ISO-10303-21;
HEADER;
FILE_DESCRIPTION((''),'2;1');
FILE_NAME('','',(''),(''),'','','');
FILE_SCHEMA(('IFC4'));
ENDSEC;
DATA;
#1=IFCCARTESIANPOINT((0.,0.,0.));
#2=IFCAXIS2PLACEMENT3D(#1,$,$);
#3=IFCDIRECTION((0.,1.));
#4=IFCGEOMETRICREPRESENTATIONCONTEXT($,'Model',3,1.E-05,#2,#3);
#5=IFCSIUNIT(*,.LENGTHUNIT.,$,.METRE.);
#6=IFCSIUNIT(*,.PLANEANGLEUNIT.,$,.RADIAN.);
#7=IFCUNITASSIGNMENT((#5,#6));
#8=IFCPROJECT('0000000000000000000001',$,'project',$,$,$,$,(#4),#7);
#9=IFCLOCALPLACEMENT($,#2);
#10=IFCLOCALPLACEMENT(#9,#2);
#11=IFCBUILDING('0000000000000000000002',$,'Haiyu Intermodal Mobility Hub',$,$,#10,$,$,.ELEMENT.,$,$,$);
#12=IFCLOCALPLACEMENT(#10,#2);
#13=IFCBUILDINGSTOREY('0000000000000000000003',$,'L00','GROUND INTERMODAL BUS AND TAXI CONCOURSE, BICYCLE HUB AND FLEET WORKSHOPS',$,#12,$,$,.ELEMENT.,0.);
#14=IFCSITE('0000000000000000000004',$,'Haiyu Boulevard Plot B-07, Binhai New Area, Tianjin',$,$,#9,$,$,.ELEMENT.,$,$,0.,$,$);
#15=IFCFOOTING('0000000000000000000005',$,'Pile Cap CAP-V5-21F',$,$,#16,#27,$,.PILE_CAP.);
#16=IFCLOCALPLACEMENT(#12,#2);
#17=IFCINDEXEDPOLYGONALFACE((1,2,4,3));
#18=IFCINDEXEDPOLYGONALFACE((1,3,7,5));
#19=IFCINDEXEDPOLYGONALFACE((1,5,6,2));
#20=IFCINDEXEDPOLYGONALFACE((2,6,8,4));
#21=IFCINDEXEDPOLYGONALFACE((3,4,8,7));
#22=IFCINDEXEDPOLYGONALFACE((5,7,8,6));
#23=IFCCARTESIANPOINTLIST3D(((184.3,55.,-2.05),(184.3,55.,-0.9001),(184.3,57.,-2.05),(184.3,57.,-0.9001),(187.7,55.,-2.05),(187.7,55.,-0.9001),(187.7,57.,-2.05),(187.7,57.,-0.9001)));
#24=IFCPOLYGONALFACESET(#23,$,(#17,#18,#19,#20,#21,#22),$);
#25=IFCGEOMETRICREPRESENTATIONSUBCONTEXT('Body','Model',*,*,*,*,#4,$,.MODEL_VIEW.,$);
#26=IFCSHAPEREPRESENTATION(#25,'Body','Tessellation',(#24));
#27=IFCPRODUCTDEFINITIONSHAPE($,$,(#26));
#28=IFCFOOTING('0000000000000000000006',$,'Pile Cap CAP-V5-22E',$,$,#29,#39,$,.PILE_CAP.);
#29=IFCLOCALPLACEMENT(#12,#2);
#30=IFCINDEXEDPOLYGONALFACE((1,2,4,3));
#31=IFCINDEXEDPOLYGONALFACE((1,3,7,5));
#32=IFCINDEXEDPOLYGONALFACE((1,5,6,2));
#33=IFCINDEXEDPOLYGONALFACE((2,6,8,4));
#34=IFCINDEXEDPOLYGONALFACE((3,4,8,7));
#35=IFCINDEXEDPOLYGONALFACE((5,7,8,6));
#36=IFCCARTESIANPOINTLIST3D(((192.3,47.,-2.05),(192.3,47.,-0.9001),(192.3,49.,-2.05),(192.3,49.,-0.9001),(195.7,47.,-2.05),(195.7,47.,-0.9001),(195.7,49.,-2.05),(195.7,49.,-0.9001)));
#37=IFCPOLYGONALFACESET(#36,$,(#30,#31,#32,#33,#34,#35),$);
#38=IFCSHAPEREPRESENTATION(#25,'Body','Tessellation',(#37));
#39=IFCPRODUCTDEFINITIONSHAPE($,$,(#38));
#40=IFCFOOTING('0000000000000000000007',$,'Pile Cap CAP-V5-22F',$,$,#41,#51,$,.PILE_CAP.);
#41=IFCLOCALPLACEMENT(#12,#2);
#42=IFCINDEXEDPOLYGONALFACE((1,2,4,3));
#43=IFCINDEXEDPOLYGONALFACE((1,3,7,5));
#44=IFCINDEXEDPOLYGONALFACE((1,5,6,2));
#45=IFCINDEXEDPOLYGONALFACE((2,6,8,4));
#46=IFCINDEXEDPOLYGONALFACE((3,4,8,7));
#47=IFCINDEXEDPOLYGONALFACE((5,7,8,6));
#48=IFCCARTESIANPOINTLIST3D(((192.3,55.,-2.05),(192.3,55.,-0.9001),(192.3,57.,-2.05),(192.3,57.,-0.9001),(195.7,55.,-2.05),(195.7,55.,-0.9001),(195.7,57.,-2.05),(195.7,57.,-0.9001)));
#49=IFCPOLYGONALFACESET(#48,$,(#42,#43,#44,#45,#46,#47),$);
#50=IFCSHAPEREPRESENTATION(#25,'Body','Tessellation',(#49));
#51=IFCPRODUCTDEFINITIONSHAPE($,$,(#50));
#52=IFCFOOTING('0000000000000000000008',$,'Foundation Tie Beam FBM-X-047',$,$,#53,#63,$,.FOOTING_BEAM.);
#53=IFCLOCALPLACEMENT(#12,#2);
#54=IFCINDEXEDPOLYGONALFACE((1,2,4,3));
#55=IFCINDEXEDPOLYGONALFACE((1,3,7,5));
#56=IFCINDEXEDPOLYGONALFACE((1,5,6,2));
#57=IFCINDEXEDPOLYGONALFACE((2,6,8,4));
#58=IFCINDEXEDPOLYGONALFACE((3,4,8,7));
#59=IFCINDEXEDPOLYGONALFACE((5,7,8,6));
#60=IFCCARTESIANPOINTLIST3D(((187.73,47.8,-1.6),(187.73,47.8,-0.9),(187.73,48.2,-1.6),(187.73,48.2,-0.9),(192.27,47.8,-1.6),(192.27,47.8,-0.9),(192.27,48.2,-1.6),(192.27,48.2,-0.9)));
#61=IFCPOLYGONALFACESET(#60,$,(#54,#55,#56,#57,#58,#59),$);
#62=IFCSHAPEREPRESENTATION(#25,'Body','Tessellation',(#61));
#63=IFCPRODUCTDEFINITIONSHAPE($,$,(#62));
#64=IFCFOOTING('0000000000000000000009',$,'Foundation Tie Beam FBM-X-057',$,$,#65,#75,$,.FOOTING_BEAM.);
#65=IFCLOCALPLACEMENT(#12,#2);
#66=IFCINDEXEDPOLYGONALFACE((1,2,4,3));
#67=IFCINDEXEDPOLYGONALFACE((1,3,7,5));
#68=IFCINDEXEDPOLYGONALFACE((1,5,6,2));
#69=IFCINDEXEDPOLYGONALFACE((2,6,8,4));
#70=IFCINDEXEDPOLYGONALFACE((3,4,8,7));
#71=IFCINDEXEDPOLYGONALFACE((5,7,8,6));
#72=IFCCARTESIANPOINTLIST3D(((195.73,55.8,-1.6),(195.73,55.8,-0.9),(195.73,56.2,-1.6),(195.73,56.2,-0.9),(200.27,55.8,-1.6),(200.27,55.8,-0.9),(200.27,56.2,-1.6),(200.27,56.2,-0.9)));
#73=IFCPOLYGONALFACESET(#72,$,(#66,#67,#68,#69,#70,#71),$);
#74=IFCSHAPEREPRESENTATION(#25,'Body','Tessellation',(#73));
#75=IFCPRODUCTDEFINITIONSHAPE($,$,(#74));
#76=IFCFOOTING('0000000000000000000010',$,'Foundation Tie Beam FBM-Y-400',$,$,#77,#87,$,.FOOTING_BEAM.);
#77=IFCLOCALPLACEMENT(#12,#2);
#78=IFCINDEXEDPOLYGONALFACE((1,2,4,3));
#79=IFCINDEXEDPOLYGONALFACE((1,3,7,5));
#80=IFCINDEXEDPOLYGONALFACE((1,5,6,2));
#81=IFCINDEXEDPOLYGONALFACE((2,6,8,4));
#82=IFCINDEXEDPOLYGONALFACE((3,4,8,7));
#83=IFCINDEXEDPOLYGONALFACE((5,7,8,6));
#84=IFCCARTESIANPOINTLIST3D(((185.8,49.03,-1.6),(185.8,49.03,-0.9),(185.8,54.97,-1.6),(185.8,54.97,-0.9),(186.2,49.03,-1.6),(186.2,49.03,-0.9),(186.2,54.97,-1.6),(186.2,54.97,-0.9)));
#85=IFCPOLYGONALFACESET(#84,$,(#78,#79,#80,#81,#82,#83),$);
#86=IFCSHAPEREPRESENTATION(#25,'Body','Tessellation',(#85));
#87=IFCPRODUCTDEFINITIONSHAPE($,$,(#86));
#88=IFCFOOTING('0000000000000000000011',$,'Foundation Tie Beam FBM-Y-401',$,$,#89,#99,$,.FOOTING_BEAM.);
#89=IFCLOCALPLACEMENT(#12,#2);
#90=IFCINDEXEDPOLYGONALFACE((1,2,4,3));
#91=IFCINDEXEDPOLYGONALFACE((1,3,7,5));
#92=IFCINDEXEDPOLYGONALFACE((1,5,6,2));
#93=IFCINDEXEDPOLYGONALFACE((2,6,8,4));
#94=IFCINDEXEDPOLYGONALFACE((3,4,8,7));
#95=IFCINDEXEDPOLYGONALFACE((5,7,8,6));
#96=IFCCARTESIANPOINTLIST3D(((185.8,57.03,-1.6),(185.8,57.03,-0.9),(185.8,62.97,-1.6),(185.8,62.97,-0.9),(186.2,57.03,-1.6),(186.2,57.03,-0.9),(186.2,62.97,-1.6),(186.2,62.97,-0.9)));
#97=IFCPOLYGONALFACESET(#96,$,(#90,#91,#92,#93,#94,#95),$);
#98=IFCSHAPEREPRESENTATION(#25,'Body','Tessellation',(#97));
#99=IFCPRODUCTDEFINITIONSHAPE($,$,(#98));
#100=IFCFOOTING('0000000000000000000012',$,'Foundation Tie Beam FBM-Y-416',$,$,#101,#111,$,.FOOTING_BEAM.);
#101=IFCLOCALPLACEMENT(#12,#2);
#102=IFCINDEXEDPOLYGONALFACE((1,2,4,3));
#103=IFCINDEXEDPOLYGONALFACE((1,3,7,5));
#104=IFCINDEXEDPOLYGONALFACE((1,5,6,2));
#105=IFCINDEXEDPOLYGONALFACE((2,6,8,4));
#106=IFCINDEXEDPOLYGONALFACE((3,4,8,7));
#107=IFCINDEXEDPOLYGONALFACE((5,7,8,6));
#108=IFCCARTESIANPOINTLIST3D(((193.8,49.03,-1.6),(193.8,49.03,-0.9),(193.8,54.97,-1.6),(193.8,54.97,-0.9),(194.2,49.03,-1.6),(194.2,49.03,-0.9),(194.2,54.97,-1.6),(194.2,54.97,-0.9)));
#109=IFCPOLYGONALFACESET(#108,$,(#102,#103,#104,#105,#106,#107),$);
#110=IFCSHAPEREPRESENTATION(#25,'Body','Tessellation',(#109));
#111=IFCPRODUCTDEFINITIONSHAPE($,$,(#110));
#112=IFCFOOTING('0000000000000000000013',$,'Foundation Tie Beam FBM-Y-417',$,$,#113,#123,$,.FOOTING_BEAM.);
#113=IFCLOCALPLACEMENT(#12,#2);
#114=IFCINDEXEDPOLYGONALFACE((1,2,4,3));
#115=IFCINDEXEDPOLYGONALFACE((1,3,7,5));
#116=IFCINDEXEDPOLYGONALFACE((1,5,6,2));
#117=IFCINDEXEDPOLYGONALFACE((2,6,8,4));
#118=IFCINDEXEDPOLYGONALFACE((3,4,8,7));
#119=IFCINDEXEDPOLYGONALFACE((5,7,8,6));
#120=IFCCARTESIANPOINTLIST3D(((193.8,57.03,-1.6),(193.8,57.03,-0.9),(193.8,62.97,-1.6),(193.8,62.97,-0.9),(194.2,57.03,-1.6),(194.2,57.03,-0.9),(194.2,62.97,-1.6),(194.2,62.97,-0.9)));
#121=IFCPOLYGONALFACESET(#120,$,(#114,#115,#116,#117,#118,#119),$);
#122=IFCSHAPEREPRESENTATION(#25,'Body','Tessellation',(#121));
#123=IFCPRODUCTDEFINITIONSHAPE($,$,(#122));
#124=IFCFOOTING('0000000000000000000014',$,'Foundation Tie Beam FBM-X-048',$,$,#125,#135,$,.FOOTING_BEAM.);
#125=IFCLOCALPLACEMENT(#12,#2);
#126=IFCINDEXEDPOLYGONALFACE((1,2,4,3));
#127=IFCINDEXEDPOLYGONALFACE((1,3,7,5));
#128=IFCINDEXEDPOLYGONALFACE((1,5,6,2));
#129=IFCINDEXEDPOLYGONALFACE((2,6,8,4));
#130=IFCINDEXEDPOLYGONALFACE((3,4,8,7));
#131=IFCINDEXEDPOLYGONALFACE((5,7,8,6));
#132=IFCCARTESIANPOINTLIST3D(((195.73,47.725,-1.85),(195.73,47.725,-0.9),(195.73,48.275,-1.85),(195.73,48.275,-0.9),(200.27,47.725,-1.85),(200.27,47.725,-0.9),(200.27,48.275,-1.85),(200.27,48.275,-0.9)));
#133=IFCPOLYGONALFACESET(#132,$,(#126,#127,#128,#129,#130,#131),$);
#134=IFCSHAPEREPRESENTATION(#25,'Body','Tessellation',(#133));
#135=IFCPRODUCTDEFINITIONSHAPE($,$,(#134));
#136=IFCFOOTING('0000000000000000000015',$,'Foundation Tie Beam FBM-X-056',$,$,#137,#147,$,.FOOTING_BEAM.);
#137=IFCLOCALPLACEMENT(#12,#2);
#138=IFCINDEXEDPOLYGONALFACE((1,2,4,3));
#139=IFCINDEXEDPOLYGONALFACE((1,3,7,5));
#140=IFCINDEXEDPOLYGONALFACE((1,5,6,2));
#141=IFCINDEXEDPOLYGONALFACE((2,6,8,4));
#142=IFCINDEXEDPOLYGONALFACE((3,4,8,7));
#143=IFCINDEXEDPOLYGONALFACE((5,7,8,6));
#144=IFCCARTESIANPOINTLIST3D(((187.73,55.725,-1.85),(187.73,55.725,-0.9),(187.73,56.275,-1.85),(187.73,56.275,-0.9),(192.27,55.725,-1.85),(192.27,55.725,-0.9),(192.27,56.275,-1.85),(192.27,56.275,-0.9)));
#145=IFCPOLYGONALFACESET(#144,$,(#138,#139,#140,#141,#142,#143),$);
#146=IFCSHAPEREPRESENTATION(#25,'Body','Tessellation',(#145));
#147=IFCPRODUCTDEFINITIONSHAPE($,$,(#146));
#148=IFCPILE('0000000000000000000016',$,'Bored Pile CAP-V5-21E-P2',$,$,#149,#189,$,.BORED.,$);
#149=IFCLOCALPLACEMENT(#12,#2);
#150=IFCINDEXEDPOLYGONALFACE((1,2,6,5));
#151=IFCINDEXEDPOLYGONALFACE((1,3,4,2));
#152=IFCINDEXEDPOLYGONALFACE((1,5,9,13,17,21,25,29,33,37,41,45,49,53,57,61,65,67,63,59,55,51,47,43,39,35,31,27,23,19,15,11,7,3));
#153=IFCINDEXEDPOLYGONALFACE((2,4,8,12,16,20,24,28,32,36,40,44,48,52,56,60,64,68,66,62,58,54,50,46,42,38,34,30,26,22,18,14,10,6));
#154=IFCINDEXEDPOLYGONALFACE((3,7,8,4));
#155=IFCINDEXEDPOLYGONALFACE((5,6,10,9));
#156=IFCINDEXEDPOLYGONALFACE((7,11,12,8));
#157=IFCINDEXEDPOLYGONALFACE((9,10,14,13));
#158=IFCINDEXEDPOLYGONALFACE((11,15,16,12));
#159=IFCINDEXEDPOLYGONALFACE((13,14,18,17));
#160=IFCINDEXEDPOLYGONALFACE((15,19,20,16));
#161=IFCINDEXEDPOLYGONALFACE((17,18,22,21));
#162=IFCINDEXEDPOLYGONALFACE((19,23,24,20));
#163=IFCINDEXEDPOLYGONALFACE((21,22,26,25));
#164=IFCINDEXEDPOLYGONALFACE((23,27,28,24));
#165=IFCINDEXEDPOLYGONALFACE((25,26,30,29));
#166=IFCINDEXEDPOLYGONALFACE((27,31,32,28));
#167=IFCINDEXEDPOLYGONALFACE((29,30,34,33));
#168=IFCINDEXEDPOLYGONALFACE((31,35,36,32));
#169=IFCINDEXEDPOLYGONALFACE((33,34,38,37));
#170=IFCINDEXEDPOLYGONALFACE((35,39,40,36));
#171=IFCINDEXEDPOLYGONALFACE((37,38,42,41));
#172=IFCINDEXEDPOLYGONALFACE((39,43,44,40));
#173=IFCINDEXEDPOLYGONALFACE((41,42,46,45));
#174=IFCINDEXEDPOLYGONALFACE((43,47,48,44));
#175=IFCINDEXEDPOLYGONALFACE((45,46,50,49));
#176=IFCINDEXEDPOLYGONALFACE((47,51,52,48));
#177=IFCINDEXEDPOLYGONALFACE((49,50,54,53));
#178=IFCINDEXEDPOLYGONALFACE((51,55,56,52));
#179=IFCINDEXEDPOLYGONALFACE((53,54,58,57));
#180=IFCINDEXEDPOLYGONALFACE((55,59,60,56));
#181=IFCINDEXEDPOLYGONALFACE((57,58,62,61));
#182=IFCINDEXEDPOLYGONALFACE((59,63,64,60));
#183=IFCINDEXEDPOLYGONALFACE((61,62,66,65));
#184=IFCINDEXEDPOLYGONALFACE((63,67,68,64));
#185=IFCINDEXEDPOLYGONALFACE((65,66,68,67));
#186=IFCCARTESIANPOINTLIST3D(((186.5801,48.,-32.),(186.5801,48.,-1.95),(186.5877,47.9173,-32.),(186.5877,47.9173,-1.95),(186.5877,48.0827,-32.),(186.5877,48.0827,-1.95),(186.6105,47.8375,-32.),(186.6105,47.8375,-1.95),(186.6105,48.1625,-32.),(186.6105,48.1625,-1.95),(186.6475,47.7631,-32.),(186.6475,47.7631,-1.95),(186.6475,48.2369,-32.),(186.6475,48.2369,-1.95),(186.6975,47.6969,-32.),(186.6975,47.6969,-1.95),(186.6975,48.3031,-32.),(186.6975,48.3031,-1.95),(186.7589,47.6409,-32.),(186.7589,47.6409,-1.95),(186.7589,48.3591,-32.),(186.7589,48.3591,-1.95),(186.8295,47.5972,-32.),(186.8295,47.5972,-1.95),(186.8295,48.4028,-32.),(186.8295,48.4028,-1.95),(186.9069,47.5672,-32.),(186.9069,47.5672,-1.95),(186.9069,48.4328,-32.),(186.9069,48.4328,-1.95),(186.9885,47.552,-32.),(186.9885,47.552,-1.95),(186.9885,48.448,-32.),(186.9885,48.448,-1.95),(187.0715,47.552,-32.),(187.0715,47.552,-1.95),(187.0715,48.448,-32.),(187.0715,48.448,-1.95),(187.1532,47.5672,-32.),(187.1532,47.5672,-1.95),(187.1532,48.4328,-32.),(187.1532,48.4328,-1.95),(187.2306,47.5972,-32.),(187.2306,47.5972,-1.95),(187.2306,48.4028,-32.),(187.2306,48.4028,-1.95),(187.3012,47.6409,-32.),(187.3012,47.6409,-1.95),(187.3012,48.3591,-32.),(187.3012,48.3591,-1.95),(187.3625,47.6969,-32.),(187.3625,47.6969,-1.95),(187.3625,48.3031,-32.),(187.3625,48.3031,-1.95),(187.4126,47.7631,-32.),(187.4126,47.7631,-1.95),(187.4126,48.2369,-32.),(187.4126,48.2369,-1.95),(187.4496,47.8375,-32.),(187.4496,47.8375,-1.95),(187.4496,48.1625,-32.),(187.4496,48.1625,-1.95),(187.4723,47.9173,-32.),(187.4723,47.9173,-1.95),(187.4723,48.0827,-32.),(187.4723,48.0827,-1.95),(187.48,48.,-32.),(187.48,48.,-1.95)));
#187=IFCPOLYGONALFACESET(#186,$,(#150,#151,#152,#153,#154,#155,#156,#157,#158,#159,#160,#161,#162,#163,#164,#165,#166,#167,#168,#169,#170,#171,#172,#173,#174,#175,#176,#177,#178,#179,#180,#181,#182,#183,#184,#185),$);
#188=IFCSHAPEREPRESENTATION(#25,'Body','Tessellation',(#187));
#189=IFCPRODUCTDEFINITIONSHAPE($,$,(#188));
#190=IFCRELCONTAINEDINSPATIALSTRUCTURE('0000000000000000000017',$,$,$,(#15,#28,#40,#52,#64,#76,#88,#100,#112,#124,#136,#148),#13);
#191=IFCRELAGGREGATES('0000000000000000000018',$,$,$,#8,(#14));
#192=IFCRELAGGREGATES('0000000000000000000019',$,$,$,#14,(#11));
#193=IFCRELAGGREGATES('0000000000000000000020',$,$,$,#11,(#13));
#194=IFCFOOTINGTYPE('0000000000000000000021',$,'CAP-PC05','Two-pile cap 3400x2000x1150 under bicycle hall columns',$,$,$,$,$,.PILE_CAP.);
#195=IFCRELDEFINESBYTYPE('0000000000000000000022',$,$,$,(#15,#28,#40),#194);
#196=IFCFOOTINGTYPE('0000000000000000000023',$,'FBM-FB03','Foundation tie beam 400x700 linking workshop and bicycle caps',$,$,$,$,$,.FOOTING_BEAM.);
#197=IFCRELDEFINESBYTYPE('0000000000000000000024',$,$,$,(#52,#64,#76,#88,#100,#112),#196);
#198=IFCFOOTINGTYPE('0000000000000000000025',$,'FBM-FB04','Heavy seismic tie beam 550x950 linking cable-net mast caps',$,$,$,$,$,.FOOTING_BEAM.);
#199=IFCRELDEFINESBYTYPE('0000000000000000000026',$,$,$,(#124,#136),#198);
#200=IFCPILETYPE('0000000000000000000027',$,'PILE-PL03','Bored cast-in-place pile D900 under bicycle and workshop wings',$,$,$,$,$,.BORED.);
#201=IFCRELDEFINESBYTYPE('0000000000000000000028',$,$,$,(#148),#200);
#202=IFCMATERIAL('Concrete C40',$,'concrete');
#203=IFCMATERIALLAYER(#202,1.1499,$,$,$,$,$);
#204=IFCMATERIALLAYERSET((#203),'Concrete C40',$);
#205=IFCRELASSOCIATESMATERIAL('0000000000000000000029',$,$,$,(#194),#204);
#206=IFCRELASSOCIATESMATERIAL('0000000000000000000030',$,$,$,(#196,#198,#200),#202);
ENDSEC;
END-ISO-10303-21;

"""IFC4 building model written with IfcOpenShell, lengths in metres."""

from ifc_helpers import new_model, si_unit, direction, frame, origin, origin_2d, place, context, subcontext, project, spatial, rectangle, circle, extrude, material, layer, layer_set, material_profile, profile_set, type_object, element, save


model = new_model("IFC4")

# Units and contexts
model_context = context("Model", 3, precision=1e-05, world=origin(), true_north=direction((0.0, 1.0)))
body_context = subcontext(model_context, "Body", "Model", "MODEL_VIEW")
ifc_project = project(units=[si_unit("LENGTHUNIT", "METRE"), si_unit("PLANEANGLEUNIT", "RADIAN")], contexts=[model_context])

# Site, building, storey
site_placement = place(None, origin())
site = spatial("IfcSite", under=ifc_project, at=site_placement, Name="Haiyu Boulevard Plot B-07, Binhai New Area, Tianjin", CompositionType="ELEMENT", RefElevation=0.0)
building_placement = place(site_placement, origin())
building = spatial("IfcBuilding", under=site, at=building_placement, Name="Haiyu Intermodal Mobility Hub", CompositionType="ELEMENT")
storey_placement = place(building_placement, origin())
storey = spatial("IfcBuildingStorey", under=building, at=storey_placement, Name="L00", Description="GROUND INTERMODAL BUS AND TAXI CONCOURSE, BICYCLE HUB AND FLEET WORKSHOPS", CompositionType="ELEMENT", Elevation=0.0)

# Footings
ifc_material = material(Name="Concrete C40", Category="concrete")
ifc_layer = layer(ifc_material, 1.1499)
ifc_layer_set = layer_set([ifc_layer], Name="Concrete C40")
footing_type_1 = type_object("IfcFootingType", Name="CAP-PC05", Description="Two-pile cap 3400x2000x1150 under bicycle hall columns", PredefinedType="PILE_CAP", material=ifc_layer_set)
for number, where, z_axis, x_axis, name in (
    (1, (186.0, 56.0, -2.05), (0.0, 0.0, 1.0), (1.0, 0.0, 0.0), "Pile Cap CAP-V5-21F"),
    (2, (194.0, 48.0, -2.05), (0.0, 0.0, 1.0), (1.0, 0.0, 0.0), "Pile Cap CAP-V5-22E"),
    (3, (194.0, 56.0, -2.05), (0.0, 0.0, 1.0), (1.0, 0.0, 0.0), "Pile Cap CAP-V5-22F"),
):
    element("IfcFooting", number, at=place(storey_placement, frame(where, z_axis=z_axis, x_axis=x_axis)), inside=storey, type_object=footing_type_1, Name=name, PredefinedType="PILE_CAP", context=body_context, shape_type="SweptSolid", body=[
        extrude(rectangle(XDim=3.3999, YDim=2.0, at=origin_2d()), origin(), (0.0, 0.0, 1.0), 1.1499),
    ])
ifc_material_profile_1 = material_profile(ifc_material, rectangle(XDim=0.3999, YDim=0.7, at=origin_2d()), Name="FB400x700")
ifc_profile_set_1 = profile_set([ifc_material_profile_1], Name="Concrete C40")
footing_type_2 = type_object("IfcFootingType", Name="FBM-FB03", Description="Foundation tie beam 400x700 linking workshop and bicycle caps", PredefinedType="FOOTING_BEAM", material=ifc_profile_set_1)
for number, where, z_axis, x_axis, name in (
    (4, (187.73, 48.0, -1.25), (1.0, 0.0, 0.0), (0.0, 1.0, 0.0), "Foundation Tie Beam FBM-X-047"),
    (5, (195.73, 56.0, -1.25), (1.0, 0.0, 0.0), (0.0, 1.0, 0.0), "Foundation Tie Beam FBM-X-057"),
):
    element("IfcFooting", number, at=place(storey_placement, frame(where, z_axis=z_axis, x_axis=x_axis)), inside=storey, type_object=footing_type_2, Name=name, PredefinedType="FOOTING_BEAM", context=body_context, shape_type="SweptSolid", body=[
        extrude(rectangle(XDim=0.3999, YDim=0.7, at=origin_2d()), origin(), (0.0, 0.0, 1.0), 4.54),
    ])
for number, where, z_axis, x_axis, name in (
    (6, (186.0, 49.03, -1.25), (0.0, 1.0, 0.0), (-1.0, 0.0, 0.0), "Foundation Tie Beam FBM-Y-400"),
    (7, (186.0, 57.03, -1.25), (0.0, 1.0, 0.0), (-1.0, 0.0, 0.0), "Foundation Tie Beam FBM-Y-401"),
    (8, (194.0, 49.03, -1.25), (0.0, 1.0, 0.0), (-1.0, 0.0, 0.0), "Foundation Tie Beam FBM-Y-416"),
    (9, (194.0, 57.03, -1.25), (0.0, 1.0, 0.0), (-1.0, 0.0, 0.0), "Foundation Tie Beam FBM-Y-417"),
):
    element("IfcFooting", number, at=place(storey_placement, frame(where, z_axis=z_axis, x_axis=x_axis)), inside=storey, type_object=footing_type_2, Name=name, PredefinedType="FOOTING_BEAM", context=body_context, shape_type="SweptSolid", body=[
        extrude(rectangle(XDim=0.3999, YDim=0.7, at=origin_2d()), origin(), (0.0, 0.0, 1.0), 5.9399),
    ])
ifc_material_profile_2 = material_profile(ifc_material, rectangle(XDim=0.55, YDim=0.95, at=origin_2d()), Name="FB550x950")
ifc_profile_set_2 = profile_set([ifc_material_profile_2], Name="Concrete C40")
footing_type_3 = type_object("IfcFootingType", Name="FBM-FB04", Description="Heavy seismic tie beam 550x950 linking cable-net mast caps", PredefinedType="FOOTING_BEAM", material=ifc_profile_set_2)
for number, where, z_axis, x_axis, name in (
    (10, (195.73, 48.0, -1.375), (1.0, 0.0, 0.0), (0.0, 1.0, 0.0), "Foundation Tie Beam FBM-X-048"),
    (11, (187.73, 56.0, -1.375), (1.0, 0.0, 0.0), (0.0, 1.0, 0.0), "Foundation Tie Beam FBM-X-056"),
):
    element("IfcFooting", number, at=place(storey_placement, frame(where, z_axis=z_axis, x_axis=x_axis)), inside=storey, type_object=footing_type_3, Name=name, PredefinedType="FOOTING_BEAM", context=body_context, shape_type="SweptSolid", body=[
        extrude(rectangle(XDim=0.55, YDim=0.95, at=origin_2d()), origin(), (0.0, 0.0, 1.0), 4.54),
    ])

# Pile
ifc_material_profile_3 = material_profile(ifc_material, circle(Radius=0.45, at=origin_2d()), Name="PILE-D900")
ifc_profile_set_3 = profile_set([ifc_material_profile_3], Name="Concrete C40")
pile_type = type_object("IfcPileType", Name="PILE-PL03", Description="Bored cast-in-place pile D900 under bicycle and workshop wings", PredefinedType="BORED", material=ifc_profile_set_3)
for number, where, z_axis, x_axis, name in (
    (12, (187.03, 48.0, -1.95), (0.0, 0.0, -1.0), (1.0, 0.0, 0.0), "Bored Pile CAP-V5-21E-P2"),
):
    element("IfcPile", number, at=place(storey_placement, frame(where, z_axis=z_axis, x_axis=x_axis)), inside=storey, type_object=pile_type, Name=name, PredefinedType="BORED", context=body_context, shape_type="SweptSolid", body=[
        extrude(circle(Radius=0.45, at=origin_2d()), origin(), (0.0, 0.0, 1.0), 30.05),
    ])

save(model, "model.ifc")
